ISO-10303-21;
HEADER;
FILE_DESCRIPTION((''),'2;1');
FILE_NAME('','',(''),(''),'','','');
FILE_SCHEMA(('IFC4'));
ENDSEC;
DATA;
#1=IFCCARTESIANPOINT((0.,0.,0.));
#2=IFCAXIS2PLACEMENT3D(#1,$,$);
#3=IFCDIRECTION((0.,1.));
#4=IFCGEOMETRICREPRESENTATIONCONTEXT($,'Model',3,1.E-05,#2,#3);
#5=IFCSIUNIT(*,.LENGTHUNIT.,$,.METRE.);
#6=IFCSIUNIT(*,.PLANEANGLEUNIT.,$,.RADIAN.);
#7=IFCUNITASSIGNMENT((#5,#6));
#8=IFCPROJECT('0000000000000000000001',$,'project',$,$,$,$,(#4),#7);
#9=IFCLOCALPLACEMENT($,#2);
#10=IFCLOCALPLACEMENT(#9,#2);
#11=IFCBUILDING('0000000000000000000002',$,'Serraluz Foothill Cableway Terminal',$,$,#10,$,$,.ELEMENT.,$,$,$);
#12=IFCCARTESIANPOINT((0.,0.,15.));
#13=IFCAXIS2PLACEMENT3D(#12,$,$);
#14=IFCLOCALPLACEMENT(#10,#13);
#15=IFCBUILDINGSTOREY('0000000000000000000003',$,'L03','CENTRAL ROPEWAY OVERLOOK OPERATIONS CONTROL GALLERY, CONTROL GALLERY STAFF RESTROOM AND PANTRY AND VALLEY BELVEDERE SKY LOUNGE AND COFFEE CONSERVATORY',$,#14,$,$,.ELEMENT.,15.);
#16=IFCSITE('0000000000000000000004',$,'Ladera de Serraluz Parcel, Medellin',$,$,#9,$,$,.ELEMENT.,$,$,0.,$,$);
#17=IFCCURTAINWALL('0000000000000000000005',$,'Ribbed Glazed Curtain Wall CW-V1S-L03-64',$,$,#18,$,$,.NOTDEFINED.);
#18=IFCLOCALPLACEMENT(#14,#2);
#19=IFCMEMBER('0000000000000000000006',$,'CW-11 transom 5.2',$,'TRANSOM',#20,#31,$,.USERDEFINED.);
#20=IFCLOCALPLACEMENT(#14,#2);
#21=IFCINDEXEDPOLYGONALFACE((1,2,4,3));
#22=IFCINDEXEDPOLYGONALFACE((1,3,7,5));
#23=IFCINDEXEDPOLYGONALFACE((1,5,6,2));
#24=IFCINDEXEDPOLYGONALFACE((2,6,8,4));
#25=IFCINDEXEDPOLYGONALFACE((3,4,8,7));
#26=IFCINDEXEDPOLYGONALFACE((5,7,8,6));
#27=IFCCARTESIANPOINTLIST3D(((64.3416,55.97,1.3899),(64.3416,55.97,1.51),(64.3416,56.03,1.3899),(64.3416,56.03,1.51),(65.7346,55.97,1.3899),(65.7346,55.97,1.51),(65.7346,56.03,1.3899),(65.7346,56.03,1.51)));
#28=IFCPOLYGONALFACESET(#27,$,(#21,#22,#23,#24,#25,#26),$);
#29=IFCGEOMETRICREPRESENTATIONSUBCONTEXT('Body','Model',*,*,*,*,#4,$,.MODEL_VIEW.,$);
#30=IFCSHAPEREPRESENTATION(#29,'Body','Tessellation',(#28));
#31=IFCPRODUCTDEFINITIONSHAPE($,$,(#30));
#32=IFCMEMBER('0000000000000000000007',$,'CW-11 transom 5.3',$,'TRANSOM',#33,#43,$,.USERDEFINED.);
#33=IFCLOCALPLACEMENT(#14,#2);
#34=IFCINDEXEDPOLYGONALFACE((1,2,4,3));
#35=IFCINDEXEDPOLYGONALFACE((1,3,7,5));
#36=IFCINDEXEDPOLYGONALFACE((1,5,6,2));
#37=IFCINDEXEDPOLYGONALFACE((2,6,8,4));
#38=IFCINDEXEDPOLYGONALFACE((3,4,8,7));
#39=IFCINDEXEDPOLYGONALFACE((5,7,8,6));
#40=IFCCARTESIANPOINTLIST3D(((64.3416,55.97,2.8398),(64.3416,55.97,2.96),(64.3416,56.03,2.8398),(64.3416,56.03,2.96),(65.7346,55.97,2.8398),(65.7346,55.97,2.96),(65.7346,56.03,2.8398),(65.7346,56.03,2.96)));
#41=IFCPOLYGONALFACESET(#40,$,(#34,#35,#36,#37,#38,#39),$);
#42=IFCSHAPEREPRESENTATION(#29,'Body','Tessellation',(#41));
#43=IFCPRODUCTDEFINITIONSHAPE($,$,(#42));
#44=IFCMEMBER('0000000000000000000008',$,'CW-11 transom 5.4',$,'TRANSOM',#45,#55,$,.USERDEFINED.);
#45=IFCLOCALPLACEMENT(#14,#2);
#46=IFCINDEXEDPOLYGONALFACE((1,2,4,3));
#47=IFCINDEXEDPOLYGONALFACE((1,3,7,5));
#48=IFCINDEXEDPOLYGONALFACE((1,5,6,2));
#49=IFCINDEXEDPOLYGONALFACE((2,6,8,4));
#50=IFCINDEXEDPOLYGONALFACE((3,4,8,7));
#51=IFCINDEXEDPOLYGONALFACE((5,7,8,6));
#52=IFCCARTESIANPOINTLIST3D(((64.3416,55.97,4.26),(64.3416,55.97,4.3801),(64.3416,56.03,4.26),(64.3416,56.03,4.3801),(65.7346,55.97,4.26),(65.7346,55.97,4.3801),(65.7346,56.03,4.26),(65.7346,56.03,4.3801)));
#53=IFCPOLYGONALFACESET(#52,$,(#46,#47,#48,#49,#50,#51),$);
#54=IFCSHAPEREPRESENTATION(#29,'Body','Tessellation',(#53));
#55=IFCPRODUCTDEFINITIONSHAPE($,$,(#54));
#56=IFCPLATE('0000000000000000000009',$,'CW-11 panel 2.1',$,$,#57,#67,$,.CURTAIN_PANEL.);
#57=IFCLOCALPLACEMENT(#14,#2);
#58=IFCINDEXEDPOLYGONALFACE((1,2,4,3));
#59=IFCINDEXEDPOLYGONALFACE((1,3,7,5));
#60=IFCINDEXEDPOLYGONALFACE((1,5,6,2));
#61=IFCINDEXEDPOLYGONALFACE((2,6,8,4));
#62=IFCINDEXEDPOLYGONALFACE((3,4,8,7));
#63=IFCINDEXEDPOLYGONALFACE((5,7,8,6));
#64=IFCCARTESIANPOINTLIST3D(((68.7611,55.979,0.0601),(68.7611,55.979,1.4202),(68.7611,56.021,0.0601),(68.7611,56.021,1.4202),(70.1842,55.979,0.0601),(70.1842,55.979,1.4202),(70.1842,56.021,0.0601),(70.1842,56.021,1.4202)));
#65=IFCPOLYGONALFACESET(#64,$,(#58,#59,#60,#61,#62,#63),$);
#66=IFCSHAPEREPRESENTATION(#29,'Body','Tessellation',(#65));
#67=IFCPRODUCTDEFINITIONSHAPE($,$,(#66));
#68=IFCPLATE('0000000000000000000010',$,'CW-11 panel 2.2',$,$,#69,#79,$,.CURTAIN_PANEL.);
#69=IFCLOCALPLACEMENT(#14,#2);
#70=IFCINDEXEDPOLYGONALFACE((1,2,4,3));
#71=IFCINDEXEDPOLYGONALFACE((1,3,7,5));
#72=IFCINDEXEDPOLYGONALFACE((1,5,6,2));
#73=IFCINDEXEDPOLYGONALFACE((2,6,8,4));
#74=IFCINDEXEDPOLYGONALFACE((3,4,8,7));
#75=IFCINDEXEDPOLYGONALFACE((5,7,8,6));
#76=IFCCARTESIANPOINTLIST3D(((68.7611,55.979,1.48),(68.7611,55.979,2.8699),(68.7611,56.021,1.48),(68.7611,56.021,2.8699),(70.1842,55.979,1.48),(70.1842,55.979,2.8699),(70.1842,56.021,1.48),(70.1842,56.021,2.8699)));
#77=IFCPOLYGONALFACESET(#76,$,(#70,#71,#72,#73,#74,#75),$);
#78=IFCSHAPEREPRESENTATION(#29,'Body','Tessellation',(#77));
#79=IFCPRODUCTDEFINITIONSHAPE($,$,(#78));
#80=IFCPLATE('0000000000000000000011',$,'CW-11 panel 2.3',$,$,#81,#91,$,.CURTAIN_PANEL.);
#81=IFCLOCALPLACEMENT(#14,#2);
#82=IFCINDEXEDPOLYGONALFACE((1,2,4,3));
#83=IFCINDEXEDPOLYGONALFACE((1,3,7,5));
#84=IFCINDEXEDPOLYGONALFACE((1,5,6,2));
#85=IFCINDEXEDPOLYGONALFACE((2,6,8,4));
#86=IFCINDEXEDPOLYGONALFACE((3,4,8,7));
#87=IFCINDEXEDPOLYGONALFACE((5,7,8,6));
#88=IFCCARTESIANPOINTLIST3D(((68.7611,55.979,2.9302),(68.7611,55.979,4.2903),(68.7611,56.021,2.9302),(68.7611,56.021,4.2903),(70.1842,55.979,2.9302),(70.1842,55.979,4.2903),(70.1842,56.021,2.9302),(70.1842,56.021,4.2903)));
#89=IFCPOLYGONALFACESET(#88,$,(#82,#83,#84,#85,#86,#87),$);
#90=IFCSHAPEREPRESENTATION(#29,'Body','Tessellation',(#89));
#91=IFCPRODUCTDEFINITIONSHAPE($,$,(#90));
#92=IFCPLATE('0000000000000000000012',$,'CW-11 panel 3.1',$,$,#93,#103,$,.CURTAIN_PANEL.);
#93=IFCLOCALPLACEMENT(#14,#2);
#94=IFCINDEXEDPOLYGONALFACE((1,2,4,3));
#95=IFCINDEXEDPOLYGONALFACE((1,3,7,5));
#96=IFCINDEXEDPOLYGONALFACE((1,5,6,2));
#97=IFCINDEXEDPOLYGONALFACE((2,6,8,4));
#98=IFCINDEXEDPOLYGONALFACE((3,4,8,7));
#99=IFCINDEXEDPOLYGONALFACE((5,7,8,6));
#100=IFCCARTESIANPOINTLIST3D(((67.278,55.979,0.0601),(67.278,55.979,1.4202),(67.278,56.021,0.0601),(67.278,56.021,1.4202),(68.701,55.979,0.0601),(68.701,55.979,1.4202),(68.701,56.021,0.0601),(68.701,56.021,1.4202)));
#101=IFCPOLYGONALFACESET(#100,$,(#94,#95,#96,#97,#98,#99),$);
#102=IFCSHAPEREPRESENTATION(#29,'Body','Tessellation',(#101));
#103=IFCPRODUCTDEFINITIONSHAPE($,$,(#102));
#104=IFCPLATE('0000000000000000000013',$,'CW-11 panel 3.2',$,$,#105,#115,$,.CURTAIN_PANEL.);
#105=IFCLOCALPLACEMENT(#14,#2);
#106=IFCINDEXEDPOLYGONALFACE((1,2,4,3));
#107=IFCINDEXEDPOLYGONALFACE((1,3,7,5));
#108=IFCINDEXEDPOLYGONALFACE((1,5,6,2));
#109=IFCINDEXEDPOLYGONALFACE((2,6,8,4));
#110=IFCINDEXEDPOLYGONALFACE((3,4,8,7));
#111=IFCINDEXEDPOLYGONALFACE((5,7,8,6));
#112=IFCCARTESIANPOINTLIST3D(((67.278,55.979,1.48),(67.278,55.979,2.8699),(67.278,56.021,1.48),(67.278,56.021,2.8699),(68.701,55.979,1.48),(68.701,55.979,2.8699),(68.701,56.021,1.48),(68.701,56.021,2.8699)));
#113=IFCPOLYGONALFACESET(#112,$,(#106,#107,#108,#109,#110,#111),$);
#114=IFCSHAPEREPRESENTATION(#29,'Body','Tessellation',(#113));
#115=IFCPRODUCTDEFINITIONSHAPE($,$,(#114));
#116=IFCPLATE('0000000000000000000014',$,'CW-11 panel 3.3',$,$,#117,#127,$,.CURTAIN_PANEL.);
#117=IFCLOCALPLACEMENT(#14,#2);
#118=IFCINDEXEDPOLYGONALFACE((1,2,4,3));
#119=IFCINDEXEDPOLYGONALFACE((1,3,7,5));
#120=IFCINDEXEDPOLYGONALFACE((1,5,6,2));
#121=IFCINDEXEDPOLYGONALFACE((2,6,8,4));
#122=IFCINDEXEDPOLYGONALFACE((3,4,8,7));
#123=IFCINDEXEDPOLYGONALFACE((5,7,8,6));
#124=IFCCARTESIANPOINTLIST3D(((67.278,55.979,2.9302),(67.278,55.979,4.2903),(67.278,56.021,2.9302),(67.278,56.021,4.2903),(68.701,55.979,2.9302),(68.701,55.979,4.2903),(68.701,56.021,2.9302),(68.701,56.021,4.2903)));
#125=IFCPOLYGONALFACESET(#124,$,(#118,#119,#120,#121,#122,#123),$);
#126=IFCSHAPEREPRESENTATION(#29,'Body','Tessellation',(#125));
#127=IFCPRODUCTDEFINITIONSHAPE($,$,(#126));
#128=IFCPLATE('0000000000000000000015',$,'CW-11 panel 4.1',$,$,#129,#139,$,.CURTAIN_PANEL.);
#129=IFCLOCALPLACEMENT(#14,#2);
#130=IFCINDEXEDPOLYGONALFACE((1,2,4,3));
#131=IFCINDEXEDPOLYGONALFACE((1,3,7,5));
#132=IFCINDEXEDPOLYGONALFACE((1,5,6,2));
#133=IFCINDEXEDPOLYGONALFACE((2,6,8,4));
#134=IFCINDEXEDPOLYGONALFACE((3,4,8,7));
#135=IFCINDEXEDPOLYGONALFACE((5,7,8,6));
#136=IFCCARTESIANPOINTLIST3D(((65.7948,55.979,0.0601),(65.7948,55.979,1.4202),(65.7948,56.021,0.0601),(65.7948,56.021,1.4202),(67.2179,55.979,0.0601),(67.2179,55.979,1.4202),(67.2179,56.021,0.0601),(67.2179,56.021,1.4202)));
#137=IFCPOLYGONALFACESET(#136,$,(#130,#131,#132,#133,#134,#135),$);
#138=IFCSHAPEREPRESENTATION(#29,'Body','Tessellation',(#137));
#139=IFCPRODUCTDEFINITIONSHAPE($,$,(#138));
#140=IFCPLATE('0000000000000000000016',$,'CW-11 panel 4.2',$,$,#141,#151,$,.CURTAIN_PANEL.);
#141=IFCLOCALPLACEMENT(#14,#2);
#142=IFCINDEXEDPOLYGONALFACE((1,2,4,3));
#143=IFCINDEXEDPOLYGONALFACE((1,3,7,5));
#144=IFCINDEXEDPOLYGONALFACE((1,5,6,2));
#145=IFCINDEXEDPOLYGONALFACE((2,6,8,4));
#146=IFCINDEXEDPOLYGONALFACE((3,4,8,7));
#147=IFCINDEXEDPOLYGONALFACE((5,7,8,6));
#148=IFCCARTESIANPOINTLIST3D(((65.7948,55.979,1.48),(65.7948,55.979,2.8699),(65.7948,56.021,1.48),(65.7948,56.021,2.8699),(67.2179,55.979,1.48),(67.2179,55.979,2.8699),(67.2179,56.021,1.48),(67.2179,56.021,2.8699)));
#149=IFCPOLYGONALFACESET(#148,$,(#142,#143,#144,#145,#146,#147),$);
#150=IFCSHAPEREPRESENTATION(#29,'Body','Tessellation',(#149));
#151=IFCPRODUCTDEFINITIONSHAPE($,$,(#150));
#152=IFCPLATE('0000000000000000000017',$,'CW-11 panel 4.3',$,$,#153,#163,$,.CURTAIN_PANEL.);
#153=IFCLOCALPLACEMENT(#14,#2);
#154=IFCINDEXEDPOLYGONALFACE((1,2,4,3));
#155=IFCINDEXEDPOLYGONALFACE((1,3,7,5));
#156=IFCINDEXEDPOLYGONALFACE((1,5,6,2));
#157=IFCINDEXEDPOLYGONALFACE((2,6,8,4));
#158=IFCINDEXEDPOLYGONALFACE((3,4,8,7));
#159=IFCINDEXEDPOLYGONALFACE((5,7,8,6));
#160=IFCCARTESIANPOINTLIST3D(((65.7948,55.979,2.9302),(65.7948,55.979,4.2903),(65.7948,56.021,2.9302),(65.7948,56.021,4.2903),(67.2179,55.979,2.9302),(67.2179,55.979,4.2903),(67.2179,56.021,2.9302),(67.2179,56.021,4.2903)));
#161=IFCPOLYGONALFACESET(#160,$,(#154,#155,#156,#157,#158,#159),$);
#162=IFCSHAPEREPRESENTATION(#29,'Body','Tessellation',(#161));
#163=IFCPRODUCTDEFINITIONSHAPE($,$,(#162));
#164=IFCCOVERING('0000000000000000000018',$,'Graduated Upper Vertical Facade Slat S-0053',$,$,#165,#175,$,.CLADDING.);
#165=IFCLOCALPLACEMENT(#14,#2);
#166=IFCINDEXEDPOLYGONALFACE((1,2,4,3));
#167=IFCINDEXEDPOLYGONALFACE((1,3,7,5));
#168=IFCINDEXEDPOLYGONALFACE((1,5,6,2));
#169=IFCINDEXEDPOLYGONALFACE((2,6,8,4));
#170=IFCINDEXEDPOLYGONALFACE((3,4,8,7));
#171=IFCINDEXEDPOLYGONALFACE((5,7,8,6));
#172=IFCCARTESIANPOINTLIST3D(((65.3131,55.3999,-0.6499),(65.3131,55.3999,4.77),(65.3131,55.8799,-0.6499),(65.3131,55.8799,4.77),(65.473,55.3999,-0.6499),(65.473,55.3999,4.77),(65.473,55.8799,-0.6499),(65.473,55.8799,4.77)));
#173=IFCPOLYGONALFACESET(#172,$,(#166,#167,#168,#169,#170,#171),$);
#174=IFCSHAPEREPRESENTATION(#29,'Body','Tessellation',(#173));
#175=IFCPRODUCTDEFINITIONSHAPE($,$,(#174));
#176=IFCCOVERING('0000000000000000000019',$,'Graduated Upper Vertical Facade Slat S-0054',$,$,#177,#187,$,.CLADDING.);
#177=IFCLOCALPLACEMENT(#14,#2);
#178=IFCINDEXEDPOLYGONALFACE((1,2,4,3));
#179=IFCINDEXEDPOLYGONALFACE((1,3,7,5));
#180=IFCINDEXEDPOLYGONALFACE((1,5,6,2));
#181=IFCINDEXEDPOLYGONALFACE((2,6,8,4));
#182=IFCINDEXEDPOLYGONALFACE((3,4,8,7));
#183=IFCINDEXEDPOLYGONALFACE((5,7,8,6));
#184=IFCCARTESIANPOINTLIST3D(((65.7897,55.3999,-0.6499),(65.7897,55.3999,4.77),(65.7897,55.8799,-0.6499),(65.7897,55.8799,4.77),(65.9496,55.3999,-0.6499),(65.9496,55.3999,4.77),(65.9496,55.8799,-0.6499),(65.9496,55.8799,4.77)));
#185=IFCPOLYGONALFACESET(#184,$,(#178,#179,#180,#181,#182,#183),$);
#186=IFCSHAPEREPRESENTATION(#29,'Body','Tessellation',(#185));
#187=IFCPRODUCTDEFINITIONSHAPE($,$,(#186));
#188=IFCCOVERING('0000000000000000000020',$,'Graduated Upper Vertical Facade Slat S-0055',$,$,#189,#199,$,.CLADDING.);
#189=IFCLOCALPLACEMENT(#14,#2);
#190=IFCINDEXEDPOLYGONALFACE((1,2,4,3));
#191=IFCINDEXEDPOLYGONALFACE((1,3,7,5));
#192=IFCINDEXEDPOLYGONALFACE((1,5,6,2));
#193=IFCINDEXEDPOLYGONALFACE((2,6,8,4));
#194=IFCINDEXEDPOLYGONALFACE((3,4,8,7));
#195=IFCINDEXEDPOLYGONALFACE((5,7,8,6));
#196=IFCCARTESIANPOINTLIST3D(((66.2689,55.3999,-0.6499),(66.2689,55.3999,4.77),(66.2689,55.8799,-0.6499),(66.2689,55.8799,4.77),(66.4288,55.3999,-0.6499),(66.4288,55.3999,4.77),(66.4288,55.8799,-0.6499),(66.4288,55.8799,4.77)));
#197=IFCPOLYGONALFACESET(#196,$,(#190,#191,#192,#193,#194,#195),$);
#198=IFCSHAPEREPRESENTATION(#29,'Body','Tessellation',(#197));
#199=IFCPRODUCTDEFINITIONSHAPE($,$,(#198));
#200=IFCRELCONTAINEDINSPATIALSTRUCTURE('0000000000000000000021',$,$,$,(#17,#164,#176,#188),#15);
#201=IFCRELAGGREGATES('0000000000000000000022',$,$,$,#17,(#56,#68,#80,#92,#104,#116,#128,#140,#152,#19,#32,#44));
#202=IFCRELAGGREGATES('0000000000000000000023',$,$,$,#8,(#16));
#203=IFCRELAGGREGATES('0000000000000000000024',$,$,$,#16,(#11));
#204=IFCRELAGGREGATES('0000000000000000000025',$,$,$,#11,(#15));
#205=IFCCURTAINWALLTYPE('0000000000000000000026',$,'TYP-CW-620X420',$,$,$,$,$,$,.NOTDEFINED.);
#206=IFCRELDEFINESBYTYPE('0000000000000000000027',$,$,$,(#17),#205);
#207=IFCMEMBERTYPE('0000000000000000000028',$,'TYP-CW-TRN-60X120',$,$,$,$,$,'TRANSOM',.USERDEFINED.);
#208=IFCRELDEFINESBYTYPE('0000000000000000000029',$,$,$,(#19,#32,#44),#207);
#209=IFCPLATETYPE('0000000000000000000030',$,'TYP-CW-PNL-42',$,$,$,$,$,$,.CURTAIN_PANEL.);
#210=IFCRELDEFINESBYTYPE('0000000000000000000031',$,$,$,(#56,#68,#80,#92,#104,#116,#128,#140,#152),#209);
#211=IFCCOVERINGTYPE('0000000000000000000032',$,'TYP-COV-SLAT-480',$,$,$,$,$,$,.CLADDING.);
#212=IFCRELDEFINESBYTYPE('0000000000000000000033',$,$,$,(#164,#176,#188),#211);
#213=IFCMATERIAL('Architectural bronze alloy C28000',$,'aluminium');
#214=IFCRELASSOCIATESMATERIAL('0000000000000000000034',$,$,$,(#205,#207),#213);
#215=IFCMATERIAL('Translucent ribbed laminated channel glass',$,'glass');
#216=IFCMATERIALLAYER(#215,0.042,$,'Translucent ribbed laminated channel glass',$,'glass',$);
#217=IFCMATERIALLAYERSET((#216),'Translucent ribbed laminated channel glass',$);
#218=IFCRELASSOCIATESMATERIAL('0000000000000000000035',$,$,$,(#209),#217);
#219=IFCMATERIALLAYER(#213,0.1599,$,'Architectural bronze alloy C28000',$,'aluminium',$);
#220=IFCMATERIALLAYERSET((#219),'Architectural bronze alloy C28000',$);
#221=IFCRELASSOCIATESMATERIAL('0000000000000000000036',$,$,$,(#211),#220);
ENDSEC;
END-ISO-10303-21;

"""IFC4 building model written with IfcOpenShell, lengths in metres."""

from ifc_helpers import new_model, si_unit, direction, frame, origin, origin_2d, place, context, subcontext, project, spatial, rectangle, extrude, material, layer, layer_set, material_profile, profile_set, type_object, element, aggregate, save


model = new_model("IFC4")

# Units and contexts
model_context = context("Model", 3, precision=1e-05, world=origin(), true_north=direction((0.0, 1.0)))
body_context = subcontext(model_context, "Body", "Model", "MODEL_VIEW")
ifc_project = project(units=[si_unit("LENGTHUNIT", "METRE"), si_unit("PLANEANGLEUNIT", "RADIAN")], contexts=[model_context])

# Site, building, storey
site_placement = place(None, origin())
site = spatial("IfcSite", under=ifc_project, at=site_placement, Name="Ladera de Serraluz Parcel, Medellin", CompositionType="ELEMENT", RefElevation=0.0)
building_placement = place(site_placement, origin())
building = spatial("IfcBuilding", under=site, at=building_placement, Name="Serraluz Foothill Cableway Terminal", CompositionType="ELEMENT")
storey_placement = place(building_placement, frame((0.0, 0.0, 15.0)))
storey = spatial("IfcBuildingStorey", under=building, at=storey_placement, Name="L03", Description="CENTRAL ROPEWAY OVERLOOK OPERATIONS CONTROL GALLERY, CONTROL GALLERY STAFF RESTROOM AND PANTRY AND VALLEY BELVEDERE SKY LOUNGE AND COFFEE CONSERVATORY", CompositionType="ELEMENT", Elevation=15.0)

# Curtain wall, members, plates
ifc_material_1 = material(Name="Architectural bronze alloy C28000", Category="aluminium")
curtain_wall_type = type_object("IfcCurtainWallType", Name="TYP-CW-620X420", PredefinedType="NOTDEFINED", material=ifc_material_1)
curtain_wall_placement = place(storey_placement, origin())
curtain_wall = element("IfcCurtainWall", 1, at=curtain_wall_placement, inside=storey, type_object=curtain_wall_type, Name="Ribbed Glazed Curtain Wall CW-V1S-L03-64", PredefinedType="NOTDEFINED")
ifc_material_profile_1 = material_profile(ifc_material_1, rectangle(XDim=0.0601, YDim=0.1201, at=origin_2d()), Name="ALU TRANSOM 60x120")
ifc_profile_set_1 = profile_set([ifc_material_profile_1], Name="Architectural bronze alloy C28000")
member_type_1 = type_object("IfcMemberType", Name="TYP-CW-TRN-60X120", ElementType="TRANSOM", PredefinedType="USERDEFINED", material=ifc_profile_set_1)
member_1_placement = place(storey_placement, frame((65.7346, 56.0, 1.45), z_axis=(-1.0, 0.0, 0.0), x_axis=(0.0, -1.0, 0.0)))
member_1 = element("IfcMember", 2, at=member_1_placement, type_object=member_type_1, Name="CW-11 transom 5.2", ObjectType="TRANSOM", PredefinedType="USERDEFINED", context=body_context, shape_type="SweptSolid", body=[
    extrude(rectangle(XDim=0.0601, YDim=0.1201, at=origin_2d()), origin(), (0.0, 0.0, 1.0), 1.3931),
])
member_2_placement = place(storey_placement, frame((65.7346, 56.0, 2.8999), z_axis=(-1.0, 0.0, 0.0), x_axis=(0.0, -1.0, 0.0)))
member_2 = element("IfcMember", 3, at=member_2_placement, type_object=member_type_1, Name="CW-11 transom 5.3", ObjectType="TRANSOM", PredefinedType="USERDEFINED", context=body_context, shape_type="SweptSolid", body=[
    extrude(rectangle(XDim=0.0601, YDim=0.1201, at=origin_2d()), origin(), (0.0, 0.0, 1.0), 1.3931),
])
member_3_placement = place(storey_placement, frame((65.7346, 56.0, 4.3201), z_axis=(-1.0, 0.0, 0.0), x_axis=(0.0, -1.0, 0.0)))
member_3 = element("IfcMember", 4, at=member_3_placement, type_object=member_type_1, Name="CW-11 transom 5.4", ObjectType="TRANSOM", PredefinedType="USERDEFINED", context=body_context, shape_type="SweptSolid", body=[
    extrude(rectangle(XDim=0.0601, YDim=0.1201, at=origin_2d()), origin(), (0.0, 0.0, 1.0), 1.3931),
])
ifc_material_2 = material(Name="Translucent ribbed laminated channel glass", Category="glass")
ifc_layer_1 = layer(ifc_material_2, 0.042, Name="Translucent ribbed laminated channel glass", Category="glass")
ifc_layer_set_1 = layer_set([ifc_layer_1], Name="Translucent ribbed laminated channel glass")
plate_type = type_object("IfcPlateType", Name="TYP-CW-PNL-42", PredefinedType="CURTAIN_PANEL", material=ifc_layer_set_1)
plate_1_placement = place(storey_placement, frame((69.4727, 56.0, 0.0601), z_axis=(0.0, 0.0, 1.0), x_axis=(-1.0, 0.0, 0.0)))
plate_1 = element("IfcPlate", 5, at=plate_1_placement, type_object=plate_type, Name="CW-11 panel 2.1", PredefinedType="CURTAIN_PANEL", context=body_context, shape_type="SweptSolid", body=[
    extrude(rectangle(XDim=1.4231, YDim=0.042, at=origin_2d()), origin(), (0.0, 0.0, 1.0), 1.3601),
])
plate_2_placement = place(storey_placement, frame((69.4727, 56.0, 1.48), z_axis=(0.0, 0.0, 1.0), x_axis=(-1.0, 0.0, 0.0)))
plate_2 = element("IfcPlate", 6, at=plate_2_placement, type_object=plate_type, Name="CW-11 panel 2.2", PredefinedType="CURTAIN_PANEL", context=body_context, shape_type="SweptSolid", body=[
    extrude(rectangle(XDim=1.4231, YDim=0.042, at=origin_2d()), origin(), (0.0, 0.0, 1.0), 1.3899),
])
plate_3_placement = place(storey_placement, frame((69.4727, 56.0, 2.9302), z_axis=(0.0, 0.0, 1.0), x_axis=(-1.0, 0.0, 0.0)))
plate_3 = element("IfcPlate", 7, at=plate_3_placement, type_object=plate_type, Name="CW-11 panel 2.3", PredefinedType="CURTAIN_PANEL", context=body_context, shape_type="SweptSolid", body=[
    extrude(rectangle(XDim=1.4231, YDim=0.042, at=origin_2d()), origin(), (0.0, 0.0, 1.0), 1.3601),
])
plate_4_placement = place(storey_placement, frame((67.9895, 56.0, 0.0601), z_axis=(0.0, 0.0, 1.0), x_axis=(-1.0, 0.0, 0.0)))
plate_4 = element("IfcPlate", 8, at=plate_4_placement, type_object=plate_type, Name="CW-11 panel 3.1", PredefinedType="CURTAIN_PANEL", context=body_context, shape_type="SweptSolid", body=[
    extrude(rectangle(XDim=1.4231, YDim=0.042, at=origin_2d()), origin(), (0.0, 0.0, 1.0), 1.3601),
])
plate_5_placement = place(storey_placement, frame((67.9895, 56.0, 1.48), z_axis=(0.0, 0.0, 1.0), x_axis=(-1.0, 0.0, 0.0)))
plate_5 = element("IfcPlate", 9, at=plate_5_placement, type_object=plate_type, Name="CW-11 panel 3.2", PredefinedType="CURTAIN_PANEL", context=body_context, shape_type="SweptSolid", body=[
    extrude(rectangle(XDim=1.4231, YDim=0.042, at=origin_2d()), origin(), (0.0, 0.0, 1.0), 1.3899),
])
plate_6_placement = place(storey_placement, frame((67.9895, 56.0, 2.9302), z_axis=(0.0, 0.0, 1.0), x_axis=(-1.0, 0.0, 0.0)))
plate_6 = element("IfcPlate", 10, at=plate_6_placement, type_object=plate_type, Name="CW-11 panel 3.3", PredefinedType="CURTAIN_PANEL", context=body_context, shape_type="SweptSolid", body=[
    extrude(rectangle(XDim=1.4231, YDim=0.042, at=origin_2d()), origin(), (0.0, 0.0, 1.0), 1.3601),
])
plate_7_placement = place(storey_placement, frame((66.5063, 56.0, 0.0601), z_axis=(0.0, 0.0, 1.0), x_axis=(-1.0, 0.0, 0.0)))
plate_7 = element("IfcPlate", 11, at=plate_7_placement, type_object=plate_type, Name="CW-11 panel 4.1", PredefinedType="CURTAIN_PANEL", context=body_context, shape_type="SweptSolid", body=[
    extrude(rectangle(XDim=1.4231, YDim=0.042, at=origin_2d()), origin(), (0.0, 0.0, 1.0), 1.3601),
])
plate_8_placement = place(storey_placement, frame((66.5063, 56.0, 1.48), z_axis=(0.0, 0.0, 1.0), x_axis=(-1.0, 0.0, 0.0)))
plate_8 = element("IfcPlate", 12, at=plate_8_placement, type_object=plate_type, Name="CW-11 panel 4.2", PredefinedType="CURTAIN_PANEL", context=body_context, shape_type="SweptSolid", body=[
    extrude(rectangle(XDim=1.4231, YDim=0.042, at=origin_2d()), origin(), (0.0, 0.0, 1.0), 1.3899),
])
plate_9_placement = place(storey_placement, frame((66.5063, 56.0, 2.9302), z_axis=(0.0, 0.0, 1.0), x_axis=(-1.0, 0.0, 0.0)))
plate_9 = element("IfcPlate", 13, at=plate_9_placement, type_object=plate_type, Name="CW-11 panel 4.3", PredefinedType="CURTAIN_PANEL", context=body_context, shape_type="SweptSolid", body=[
    extrude(rectangle(XDim=1.4231, YDim=0.042, at=origin_2d()), origin(), (0.0, 0.0, 1.0), 1.3601),
])
aggregate(curtain_wall, [plate_1, plate_2, plate_3, plate_4, plate_5, plate_6, plate_7, plate_8, plate_9, member_1, member_2, member_3])

# Coverings
ifc_layer_2 = layer(ifc_material_1, 0.1599, Name="Architectural bronze alloy C28000", Category="aluminium")
ifc_layer_set_2 = layer_set([ifc_layer_2], Name="Architectural bronze alloy C28000")
covering_type = type_object("IfcCoveringType", Name="TYP-COV-SLAT-480", PredefinedType="CLADDING", material=ifc_layer_set_2)
for number, where, z_axis, x_axis, name in (
    (14, (65.3931, 55.6399, -0.6499), (0.0, 0.0, 1.0), (1.0, 0.0, 0.0), "Graduated Upper Vertical Facade Slat S-0053"),
    (15, (65.8696, 55.6399, -0.6499), (0.0, 0.0, 1.0), (1.0, 0.0, 0.0), "Graduated Upper Vertical Facade Slat S-0054"),
    (16, (66.3489, 55.6399, -0.6499), (0.0, 0.0, 1.0), (1.0, 0.0, 0.0), "Graduated Upper Vertical Facade Slat S-0055"),
):
    element("IfcCovering", number, at=place(storey_placement, frame(where, z_axis=z_axis, x_axis=x_axis)), inside=storey, type_object=covering_type, Name=name, PredefinedType="CLADDING", context=body_context, shape_type="SweptSolid", body=[
        extrude(rectangle(XDim=0.1599, YDim=0.48, at=origin_2d()), origin(), (0.0, 0.0, 1.0), 5.4199),
    ])

save(model, "model.ifc")
